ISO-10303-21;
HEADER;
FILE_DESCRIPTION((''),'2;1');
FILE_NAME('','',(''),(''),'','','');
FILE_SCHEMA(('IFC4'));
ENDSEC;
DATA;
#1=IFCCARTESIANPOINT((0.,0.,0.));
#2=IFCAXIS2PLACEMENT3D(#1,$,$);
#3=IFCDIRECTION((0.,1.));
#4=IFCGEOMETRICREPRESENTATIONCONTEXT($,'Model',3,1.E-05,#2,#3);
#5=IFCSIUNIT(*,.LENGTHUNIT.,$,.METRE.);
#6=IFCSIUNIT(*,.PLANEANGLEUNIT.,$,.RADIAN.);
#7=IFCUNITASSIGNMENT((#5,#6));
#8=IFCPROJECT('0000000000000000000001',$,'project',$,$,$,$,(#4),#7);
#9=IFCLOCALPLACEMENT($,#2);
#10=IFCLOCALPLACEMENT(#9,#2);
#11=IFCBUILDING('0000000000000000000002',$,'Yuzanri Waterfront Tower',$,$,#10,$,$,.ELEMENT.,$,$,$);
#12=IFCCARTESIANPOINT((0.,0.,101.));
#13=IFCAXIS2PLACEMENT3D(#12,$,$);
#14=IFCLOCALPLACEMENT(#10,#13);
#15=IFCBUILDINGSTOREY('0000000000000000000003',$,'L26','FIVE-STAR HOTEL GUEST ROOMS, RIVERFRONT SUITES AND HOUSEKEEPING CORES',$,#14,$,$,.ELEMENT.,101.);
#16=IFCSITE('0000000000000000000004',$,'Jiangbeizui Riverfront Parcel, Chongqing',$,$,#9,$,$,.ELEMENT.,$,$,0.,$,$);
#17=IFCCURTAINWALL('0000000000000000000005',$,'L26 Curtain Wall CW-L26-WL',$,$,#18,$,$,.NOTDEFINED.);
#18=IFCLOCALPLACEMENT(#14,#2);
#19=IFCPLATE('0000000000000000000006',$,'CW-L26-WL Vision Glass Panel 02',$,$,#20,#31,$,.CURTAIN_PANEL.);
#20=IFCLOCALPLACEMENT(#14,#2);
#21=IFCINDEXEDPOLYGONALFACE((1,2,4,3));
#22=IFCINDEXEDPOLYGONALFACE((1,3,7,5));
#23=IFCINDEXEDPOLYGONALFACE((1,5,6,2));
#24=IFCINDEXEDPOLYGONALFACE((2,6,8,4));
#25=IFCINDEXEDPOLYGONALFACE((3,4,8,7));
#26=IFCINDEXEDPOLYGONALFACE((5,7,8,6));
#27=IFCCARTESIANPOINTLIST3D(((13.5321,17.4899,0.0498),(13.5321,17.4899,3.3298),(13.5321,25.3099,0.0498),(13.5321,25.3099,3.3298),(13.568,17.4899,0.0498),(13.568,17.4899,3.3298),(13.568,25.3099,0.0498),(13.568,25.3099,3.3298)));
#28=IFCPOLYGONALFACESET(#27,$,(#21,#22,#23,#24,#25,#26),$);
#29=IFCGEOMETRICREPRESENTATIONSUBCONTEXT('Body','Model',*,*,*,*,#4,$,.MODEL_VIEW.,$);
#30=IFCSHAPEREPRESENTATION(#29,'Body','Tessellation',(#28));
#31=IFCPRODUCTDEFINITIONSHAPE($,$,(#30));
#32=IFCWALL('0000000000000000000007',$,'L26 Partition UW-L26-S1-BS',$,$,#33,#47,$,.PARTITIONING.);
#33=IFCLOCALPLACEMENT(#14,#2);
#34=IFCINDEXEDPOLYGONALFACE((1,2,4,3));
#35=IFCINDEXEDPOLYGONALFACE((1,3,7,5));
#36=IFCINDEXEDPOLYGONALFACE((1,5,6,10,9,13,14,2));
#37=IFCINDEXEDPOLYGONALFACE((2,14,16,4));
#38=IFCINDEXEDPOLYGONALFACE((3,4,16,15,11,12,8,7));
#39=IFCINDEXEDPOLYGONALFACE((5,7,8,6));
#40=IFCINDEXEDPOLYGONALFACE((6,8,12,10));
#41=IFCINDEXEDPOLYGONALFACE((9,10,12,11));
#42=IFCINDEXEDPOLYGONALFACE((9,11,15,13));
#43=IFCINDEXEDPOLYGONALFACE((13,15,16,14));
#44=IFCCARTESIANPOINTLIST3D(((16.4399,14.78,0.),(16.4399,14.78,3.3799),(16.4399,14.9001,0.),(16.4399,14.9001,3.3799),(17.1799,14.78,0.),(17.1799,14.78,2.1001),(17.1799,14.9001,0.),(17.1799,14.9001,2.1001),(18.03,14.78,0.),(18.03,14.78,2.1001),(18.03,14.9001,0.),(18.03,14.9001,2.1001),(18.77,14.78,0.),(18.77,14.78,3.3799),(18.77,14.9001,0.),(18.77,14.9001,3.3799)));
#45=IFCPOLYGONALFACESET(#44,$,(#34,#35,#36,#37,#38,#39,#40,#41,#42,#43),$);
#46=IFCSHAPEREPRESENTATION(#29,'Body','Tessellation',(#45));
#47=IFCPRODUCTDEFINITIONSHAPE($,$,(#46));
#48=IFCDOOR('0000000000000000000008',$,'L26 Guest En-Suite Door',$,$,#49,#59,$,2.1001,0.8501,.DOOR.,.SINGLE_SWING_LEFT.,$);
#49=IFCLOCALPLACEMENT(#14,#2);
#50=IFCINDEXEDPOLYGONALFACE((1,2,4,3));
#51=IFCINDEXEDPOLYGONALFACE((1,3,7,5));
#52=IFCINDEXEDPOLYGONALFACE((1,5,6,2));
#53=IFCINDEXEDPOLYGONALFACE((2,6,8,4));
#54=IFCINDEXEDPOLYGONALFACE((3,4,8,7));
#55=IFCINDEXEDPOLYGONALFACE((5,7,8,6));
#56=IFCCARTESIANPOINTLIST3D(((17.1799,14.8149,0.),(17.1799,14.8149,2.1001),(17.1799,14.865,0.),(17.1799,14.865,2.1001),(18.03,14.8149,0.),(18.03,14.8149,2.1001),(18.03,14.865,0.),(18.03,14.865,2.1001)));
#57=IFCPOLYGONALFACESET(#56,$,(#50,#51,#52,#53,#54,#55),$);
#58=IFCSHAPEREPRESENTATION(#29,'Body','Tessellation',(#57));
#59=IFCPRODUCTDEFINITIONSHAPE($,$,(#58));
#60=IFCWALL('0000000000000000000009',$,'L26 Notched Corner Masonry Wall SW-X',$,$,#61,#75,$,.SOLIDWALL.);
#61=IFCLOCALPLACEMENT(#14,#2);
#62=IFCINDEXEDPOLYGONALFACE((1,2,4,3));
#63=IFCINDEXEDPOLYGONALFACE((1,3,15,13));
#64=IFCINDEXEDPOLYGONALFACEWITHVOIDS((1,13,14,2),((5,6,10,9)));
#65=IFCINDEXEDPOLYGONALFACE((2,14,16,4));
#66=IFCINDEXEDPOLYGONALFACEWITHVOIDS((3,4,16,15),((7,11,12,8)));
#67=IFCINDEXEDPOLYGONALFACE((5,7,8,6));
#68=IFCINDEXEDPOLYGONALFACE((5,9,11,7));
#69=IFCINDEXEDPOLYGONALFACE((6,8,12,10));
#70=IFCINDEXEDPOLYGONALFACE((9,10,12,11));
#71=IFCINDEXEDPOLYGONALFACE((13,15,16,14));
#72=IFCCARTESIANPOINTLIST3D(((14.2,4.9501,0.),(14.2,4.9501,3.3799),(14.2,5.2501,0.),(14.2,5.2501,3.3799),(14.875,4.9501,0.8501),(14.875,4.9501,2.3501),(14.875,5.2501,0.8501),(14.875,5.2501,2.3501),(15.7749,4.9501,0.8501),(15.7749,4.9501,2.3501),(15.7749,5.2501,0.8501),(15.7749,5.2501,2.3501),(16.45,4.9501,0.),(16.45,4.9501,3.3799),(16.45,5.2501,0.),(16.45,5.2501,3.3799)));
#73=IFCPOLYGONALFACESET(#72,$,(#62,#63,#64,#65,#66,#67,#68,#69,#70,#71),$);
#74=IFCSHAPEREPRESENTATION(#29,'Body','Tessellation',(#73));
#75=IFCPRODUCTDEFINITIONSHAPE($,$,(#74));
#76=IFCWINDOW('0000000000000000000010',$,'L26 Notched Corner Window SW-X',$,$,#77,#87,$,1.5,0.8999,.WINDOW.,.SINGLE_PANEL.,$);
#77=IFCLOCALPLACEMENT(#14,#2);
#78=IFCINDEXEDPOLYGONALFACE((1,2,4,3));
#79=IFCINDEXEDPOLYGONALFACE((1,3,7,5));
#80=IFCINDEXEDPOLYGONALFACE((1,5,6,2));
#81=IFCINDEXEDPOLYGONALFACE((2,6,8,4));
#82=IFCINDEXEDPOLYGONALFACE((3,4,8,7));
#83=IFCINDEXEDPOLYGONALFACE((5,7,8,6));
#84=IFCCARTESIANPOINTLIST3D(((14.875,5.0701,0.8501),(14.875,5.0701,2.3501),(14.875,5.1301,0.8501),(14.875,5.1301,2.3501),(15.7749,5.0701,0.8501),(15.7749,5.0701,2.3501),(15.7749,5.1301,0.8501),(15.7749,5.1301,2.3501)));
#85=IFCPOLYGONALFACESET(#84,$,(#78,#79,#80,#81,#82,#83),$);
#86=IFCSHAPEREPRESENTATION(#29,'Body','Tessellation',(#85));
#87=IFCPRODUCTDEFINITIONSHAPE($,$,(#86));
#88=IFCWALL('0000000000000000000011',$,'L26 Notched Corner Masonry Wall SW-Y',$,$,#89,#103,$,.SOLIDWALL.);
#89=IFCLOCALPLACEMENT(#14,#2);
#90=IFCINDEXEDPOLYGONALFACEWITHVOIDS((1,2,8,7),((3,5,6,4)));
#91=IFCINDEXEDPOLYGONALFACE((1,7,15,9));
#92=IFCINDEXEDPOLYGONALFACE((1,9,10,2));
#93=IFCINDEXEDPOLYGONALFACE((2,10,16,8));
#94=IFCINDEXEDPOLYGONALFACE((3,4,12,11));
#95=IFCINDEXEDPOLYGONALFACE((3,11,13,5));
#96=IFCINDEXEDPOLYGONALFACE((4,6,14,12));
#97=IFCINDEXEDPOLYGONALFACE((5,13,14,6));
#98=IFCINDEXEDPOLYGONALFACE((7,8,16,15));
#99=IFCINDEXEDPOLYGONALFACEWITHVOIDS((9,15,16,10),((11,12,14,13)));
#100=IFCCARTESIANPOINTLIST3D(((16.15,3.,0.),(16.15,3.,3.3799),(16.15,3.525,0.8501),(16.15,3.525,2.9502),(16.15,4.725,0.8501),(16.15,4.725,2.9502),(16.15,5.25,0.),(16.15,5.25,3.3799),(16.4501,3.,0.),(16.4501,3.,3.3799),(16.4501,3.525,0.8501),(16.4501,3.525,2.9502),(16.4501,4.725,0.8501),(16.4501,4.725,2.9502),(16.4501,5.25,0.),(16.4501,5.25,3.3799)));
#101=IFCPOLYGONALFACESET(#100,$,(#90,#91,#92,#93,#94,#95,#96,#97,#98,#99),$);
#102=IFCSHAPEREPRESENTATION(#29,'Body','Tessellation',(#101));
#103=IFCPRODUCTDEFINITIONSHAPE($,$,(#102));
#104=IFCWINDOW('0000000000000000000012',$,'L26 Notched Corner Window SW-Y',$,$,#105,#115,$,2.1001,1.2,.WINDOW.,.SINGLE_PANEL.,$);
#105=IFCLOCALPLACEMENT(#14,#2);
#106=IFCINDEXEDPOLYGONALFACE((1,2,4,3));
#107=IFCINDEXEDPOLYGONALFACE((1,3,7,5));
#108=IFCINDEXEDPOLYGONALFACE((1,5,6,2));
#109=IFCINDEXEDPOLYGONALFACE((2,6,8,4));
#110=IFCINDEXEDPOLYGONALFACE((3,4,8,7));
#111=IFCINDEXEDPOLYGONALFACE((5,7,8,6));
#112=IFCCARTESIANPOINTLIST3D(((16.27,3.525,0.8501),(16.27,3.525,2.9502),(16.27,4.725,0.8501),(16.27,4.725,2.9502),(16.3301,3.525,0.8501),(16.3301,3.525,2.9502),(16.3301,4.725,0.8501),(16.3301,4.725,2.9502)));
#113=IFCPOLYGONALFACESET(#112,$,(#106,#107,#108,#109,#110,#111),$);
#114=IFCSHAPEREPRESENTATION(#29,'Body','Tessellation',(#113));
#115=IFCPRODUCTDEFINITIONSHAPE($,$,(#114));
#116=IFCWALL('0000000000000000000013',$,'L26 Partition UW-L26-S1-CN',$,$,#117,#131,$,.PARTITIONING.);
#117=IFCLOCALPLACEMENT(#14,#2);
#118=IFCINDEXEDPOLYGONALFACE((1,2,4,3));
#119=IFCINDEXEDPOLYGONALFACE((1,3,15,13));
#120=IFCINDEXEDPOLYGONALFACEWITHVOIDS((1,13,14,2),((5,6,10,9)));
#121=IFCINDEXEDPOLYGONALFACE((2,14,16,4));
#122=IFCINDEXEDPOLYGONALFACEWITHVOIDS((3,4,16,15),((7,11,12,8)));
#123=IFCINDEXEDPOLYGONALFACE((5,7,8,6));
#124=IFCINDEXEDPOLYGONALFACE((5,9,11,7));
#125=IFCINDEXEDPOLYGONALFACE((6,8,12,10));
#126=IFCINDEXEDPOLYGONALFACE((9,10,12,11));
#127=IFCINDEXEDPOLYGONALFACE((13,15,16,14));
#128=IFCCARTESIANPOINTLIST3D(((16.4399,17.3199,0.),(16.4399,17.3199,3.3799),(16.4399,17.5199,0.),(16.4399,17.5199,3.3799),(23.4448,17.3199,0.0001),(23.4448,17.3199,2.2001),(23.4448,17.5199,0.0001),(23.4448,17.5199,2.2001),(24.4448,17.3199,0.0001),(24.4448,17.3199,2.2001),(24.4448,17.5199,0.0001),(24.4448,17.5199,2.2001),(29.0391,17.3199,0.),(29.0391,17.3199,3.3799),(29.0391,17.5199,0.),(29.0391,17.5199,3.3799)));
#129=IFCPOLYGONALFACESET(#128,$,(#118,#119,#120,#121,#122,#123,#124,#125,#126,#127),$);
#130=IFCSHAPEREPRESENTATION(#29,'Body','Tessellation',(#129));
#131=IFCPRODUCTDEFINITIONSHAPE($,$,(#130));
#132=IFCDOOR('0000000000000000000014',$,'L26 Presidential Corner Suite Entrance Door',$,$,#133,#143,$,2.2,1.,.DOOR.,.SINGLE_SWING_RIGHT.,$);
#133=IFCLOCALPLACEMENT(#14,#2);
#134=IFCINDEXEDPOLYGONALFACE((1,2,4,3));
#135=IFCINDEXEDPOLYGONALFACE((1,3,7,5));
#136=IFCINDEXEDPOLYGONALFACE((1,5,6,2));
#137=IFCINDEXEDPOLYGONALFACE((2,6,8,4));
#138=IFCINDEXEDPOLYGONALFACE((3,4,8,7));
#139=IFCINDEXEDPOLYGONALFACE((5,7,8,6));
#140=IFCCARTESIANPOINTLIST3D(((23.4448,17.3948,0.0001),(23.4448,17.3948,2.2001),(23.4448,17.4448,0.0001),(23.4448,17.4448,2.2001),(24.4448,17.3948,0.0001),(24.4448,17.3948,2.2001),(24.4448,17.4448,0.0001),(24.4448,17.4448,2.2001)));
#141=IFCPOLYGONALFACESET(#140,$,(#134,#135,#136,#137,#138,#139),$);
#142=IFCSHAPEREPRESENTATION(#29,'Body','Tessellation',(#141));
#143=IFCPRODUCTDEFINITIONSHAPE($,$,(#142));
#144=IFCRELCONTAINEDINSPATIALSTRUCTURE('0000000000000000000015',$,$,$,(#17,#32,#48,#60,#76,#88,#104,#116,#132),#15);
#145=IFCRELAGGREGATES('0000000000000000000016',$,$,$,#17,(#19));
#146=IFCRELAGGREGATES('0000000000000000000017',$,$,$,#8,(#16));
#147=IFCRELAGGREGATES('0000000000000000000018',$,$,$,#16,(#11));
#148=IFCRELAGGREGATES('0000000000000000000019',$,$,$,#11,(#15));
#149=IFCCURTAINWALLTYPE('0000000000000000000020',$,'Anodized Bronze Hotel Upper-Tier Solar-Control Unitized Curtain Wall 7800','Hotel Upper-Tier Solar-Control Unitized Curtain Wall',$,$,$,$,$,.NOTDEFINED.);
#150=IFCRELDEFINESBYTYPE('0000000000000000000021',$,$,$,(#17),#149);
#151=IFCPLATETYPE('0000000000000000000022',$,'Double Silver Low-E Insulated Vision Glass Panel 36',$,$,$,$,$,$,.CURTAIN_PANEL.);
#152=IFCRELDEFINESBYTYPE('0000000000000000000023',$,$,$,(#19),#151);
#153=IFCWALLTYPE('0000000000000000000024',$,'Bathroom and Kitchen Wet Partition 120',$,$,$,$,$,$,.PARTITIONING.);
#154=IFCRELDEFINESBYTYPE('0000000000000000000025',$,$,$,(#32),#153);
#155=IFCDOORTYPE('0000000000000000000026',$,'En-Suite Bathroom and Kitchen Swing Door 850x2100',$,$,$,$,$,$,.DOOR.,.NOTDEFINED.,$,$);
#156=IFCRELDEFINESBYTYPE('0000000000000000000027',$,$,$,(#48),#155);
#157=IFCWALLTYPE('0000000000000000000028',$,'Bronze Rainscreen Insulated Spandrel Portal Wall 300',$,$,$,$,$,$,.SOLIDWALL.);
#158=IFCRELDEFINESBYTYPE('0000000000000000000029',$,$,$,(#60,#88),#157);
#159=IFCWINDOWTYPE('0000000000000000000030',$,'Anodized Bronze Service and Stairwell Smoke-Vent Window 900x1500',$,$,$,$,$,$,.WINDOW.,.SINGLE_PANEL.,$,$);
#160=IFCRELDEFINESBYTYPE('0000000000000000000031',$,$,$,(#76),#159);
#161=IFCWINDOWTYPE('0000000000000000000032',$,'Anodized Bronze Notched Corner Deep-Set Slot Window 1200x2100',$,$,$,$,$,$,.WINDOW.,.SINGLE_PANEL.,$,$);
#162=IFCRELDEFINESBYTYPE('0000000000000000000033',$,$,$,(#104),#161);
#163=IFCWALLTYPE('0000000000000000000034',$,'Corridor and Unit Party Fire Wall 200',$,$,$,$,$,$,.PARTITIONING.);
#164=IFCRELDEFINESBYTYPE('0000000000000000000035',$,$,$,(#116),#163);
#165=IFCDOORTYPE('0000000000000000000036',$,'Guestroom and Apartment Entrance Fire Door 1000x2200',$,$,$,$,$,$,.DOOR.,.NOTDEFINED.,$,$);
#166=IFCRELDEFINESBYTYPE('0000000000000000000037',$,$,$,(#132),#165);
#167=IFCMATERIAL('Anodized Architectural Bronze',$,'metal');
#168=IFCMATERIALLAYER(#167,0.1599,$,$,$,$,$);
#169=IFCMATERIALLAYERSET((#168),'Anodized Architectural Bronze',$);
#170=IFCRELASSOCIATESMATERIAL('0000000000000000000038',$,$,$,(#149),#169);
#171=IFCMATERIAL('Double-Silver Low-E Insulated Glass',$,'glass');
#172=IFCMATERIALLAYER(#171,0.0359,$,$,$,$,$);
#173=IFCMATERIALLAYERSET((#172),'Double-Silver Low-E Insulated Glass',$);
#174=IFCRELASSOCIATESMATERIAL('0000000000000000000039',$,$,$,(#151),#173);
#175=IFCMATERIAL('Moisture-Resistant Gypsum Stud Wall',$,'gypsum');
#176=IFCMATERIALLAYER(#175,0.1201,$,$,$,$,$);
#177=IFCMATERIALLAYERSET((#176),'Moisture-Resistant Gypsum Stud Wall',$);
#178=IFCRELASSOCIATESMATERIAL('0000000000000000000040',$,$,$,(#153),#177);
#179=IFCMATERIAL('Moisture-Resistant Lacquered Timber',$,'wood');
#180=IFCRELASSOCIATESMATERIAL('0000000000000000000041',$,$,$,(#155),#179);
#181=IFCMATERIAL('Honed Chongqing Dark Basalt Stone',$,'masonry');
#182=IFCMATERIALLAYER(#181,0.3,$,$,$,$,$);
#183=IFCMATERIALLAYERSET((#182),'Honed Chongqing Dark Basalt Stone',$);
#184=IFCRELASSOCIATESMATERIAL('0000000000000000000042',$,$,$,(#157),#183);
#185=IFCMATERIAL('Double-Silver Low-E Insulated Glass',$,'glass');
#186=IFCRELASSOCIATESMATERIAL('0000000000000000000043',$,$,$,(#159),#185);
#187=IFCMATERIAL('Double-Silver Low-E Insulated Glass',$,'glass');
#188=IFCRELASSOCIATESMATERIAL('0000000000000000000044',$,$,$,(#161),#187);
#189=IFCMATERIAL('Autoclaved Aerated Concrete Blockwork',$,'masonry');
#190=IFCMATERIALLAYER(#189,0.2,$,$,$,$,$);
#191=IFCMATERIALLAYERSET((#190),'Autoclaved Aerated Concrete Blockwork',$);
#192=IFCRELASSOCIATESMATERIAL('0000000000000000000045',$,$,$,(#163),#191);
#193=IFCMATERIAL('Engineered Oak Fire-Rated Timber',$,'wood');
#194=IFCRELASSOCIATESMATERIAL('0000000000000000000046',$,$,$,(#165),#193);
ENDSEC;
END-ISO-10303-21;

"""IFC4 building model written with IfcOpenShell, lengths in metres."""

from ifc_helpers import new_model, si_unit, direction, frame, frame_2d, origin, origin_2d, place, context, subcontext, project, spatial, rectangle, extrude, source, transform, mapped, material, layer, layer_set, type_object, element, fill, aggregate, save


model = new_model("IFC4")

# Units and contexts
model_context = context("Model", 3, precision=1e-05, world=origin(), true_north=direction((0.0, 1.0)))
body_context = subcontext(model_context, "Body", "Model", "MODEL_VIEW")
ifc_project = project(units=[si_unit("LENGTHUNIT", "METRE"), si_unit("PLANEANGLEUNIT", "RADIAN")], contexts=[model_context])

# Site, building, storey
site_placement = place(None, origin())
site = spatial("IfcSite", under=ifc_project, at=site_placement, Name="Jiangbeizui Riverfront Parcel, Chongqing", CompositionType="ELEMENT", RefElevation=0.0)
building_placement = place(site_placement, origin())
building = spatial("IfcBuilding", under=site, at=building_placement, Name="Yuzanri Waterfront Tower", CompositionType="ELEMENT")
storey_placement = place(building_placement, frame((0.0, 0.0, 101.0)))
storey = spatial("IfcBuildingStorey", under=building, at=storey_placement, Name="L26", Description="FIVE-STAR HOTEL GUEST ROOMS, RIVERFRONT SUITES AND HOUSEKEEPING CORES", CompositionType="ELEMENT", Elevation=101.0)

# Shared definitions
ifc_material_1 = material(Name="Anodized Architectural Bronze", Category="metal")
ifc_layer_1 = layer(ifc_material_1, 0.1599)
ifc_layer_set_1 = layer_set([ifc_layer_1], Name="Anodized Architectural Bronze")
curtain_wall_type = type_object("IfcCurtainWallType", Name="Anodized Bronze Hotel Upper-Tier Solar-Control Unitized Curtain Wall 7800", Description="Hotel Upper-Tier Solar-Control Unitized Curtain Wall", PredefinedType="NOTDEFINED", material=ifc_layer_set_1)

# Curtain wall, plate
curtain_wall_1_placement = place(storey_placement, origin())
curtain_wall_1 = element("IfcCurtainWall", 1, at=curtain_wall_1_placement, inside=storey, type_object=curtain_wall_type, Name="L26 Curtain Wall CW-L26-WL", PredefinedType="NOTDEFINED")
ifc_material_2 = material(Name="Double-Silver Low-E Insulated Glass", Category="glass")
ifc_layer_2 = layer(ifc_material_2, 0.0359)
ifc_layer_set_2 = layer_set([ifc_layer_2], Name="Double-Silver Low-E Insulated Glass")
plate_type_1 = type_object("IfcPlateType", Name="Double Silver Low-E Insulated Vision Glass Panel 36", PredefinedType="CURTAIN_PANEL", material=ifc_layer_set_2)
shared_shape_1 = source(origin(), body_context, "Body", "SweptSolid", [
    extrude(rectangle(XDim=7.8201, YDim=0.0359, at=origin_2d()), origin(), (0.0, 0.0, 1.0), 3.28),
])
plate_1_placement = place(storey_placement, frame((13.55, 21.3999, 0.0498), z_axis=(0.0, 0.0, 1.0), x_axis=(0.0, 1.0, 0.0)))
plate_1 = element("IfcPlate", 2, at=plate_1_placement, type_object=plate_type_1, Name="CW-L26-WL Vision Glass Panel 02", PredefinedType="CURTAIN_PANEL", context=body_context, shape_type="MappedRepresentation", body=[
    mapped(shared_shape_1, transform((0.0, 0.0, 0.0), scale=1.0)),
])
aggregate(curtain_wall_1, [plate_1])

# Wall, opening, door
ifc_material_3 = material(Name="Moisture-Resistant Gypsum Stud Wall", Category="gypsum")
ifc_layer_3 = layer(ifc_material_3, 0.1201)
ifc_layer_set_3 = layer_set([ifc_layer_3], Name="Moisture-Resistant Gypsum Stud Wall")
wall_type_1 = type_object("IfcWallType", Name="Bathroom and Kitchen Wet Partition 120", PredefinedType="PARTITIONING", material=ifc_layer_set_3)
wall_1_placement = place(storey_placement, frame((16.4399, 14.8401, 0.0), z_axis=(0.0, 0.0, 1.0), x_axis=(1.0, 0.0, 0.0)))
wall_1 = element("IfcWall", 3, at=wall_1_placement, inside=storey, type_object=wall_type_1, Name="L26 Partition UW-L26-S1-BS", PredefinedType="PARTITIONING", context=body_context, shape_type="SweptSolid", body=[
    extrude(rectangle(XDim=2.3301, YDim=0.1201, at=frame_2d((1.165, 0.0))), origin(), (0.0, 0.0, 1.0), 3.3799),
])
opening_1_placement = place(wall_1_placement, frame((0.74, 0.0, 0.0)))
opening_1 = element("IfcOpeningElement", 4, at=opening_1_placement, cuts=wall_1, PredefinedType="OPENING", context=body_context, shape_type="SweptSolid", body=[
    extrude(rectangle(XDim=0.8501, YDim=2.1001, at=frame_2d((0.425, 1.05))), frame((0.0, 0.075, 0.0), z_axis=(0.0, -1.0, 0.0), x_axis=(1.0, 0.0, 0.0)), (0.0, 0.0, 1.0), 0.1499),
])
ifc_material_4 = material(Name="Moisture-Resistant Lacquered Timber", Category="wood")
door_type_1 = type_object("IfcDoorType", Name="En-Suite Bathroom and Kitchen Swing Door 850x2100", OperationType="NOTDEFINED", PredefinedType="DOOR", material=ifc_material_4)
shared_shape_2 = source(origin(), body_context, "Body", "SweptSolid", [
    extrude(rectangle(XDim=0.8501, YDim=2.1001, at=frame_2d((0.425, 1.05))), frame((0.0, 0.0249, 0.0), z_axis=(0.0, -1.0, 0.0), x_axis=(1.0, 0.0, 0.0)), (0.0, 0.0, 1.0), 0.05),
])
door_1_placement = place(opening_1_placement, origin())
door_1 = element("IfcDoor", 5, at=door_1_placement, inside=storey, type_object=door_type_1, Name="L26 Guest En-Suite Door", OperationType="SINGLE_SWING_LEFT", OverallHeight=2.1001, OverallWidth=0.8501, PredefinedType="DOOR", context=body_context, shape_type="MappedRepresentation", body=[
    mapped(shared_shape_2, transform((0.0, 0.0, 0.0), scale=1.0)),
])
fill(opening_1, door_1)

# Walls, openings, windows
ifc_material_5 = material(Name="Honed Chongqing Dark Basalt Stone", Category="masonry")
ifc_layer_4 = layer(ifc_material_5, 0.3)
ifc_layer_set_4 = layer_set([ifc_layer_4], Name="Honed Chongqing Dark Basalt Stone")
wall_type_2 = type_object("IfcWallType", Name="Bronze Rainscreen Insulated Spandrel Portal Wall 300", PredefinedType="SOLIDWALL", material=ifc_layer_set_4)
wall_2_placement = place(storey_placement, frame((14.2, 5.1001, 0.0), z_axis=(0.0, 0.0, 1.0), x_axis=(1.0, 0.0, 0.0)))
wall_2 = element("IfcWall", 6, at=wall_2_placement, inside=storey, type_object=wall_type_2, Name="L26 Notched Corner Masonry Wall SW-X", PredefinedType="SOLIDWALL", context=body_context, shape_type="SweptSolid", body=[
    extrude(rectangle(XDim=2.25, YDim=0.3, at=frame_2d((1.125, 0.0))), origin(), (0.0, 0.0, 1.0), 3.3799),
])
opening_2_placement = place(wall_2_placement, frame((0.675, 0.0, 0.8501)))
opening_2 = element("IfcOpeningElement", 7, at=opening_2_placement, cuts=wall_2, PredefinedType="OPENING", context=body_context, shape_type="SweptSolid", body=[
    extrude(rectangle(XDim=0.8999, YDim=1.5, at=frame_2d((0.45, 0.75))), frame((0.0, 0.165, 0.0), z_axis=(0.0, -1.0, 0.0), x_axis=(1.0, 0.0, 0.0)), (0.0, 0.0, 1.0), 0.3298),
])
ifc_material_6 = material(Name="Double-Silver Low-E Insulated Glass", Category="glass")
window_type_1 = type_object("IfcWindowType", Name="Anodized Bronze Service and Stairwell Smoke-Vent Window 900x1500", PartitioningType="SINGLE_PANEL", PredefinedType="WINDOW", material=ifc_material_6)
shared_shape_3 = source(origin(), body_context, "Body", "SweptSolid", [
    extrude(rectangle(XDim=0.8999, YDim=1.5, at=frame_2d((0.45, 0.75))), frame((0.0, 0.03, 0.0), z_axis=(0.0, -1.0, 0.0), x_axis=(1.0, 0.0, 0.0)), (0.0, 0.0, 1.0), 0.0601),
])
window_1_placement = place(opening_2_placement, origin())
window_1 = element("IfcWindow", 8, at=window_1_placement, inside=storey, type_object=window_type_1, Name="L26 Notched Corner Window SW-X", OverallHeight=1.5, OverallWidth=0.8999, PartitioningType="SINGLE_PANEL", PredefinedType="WINDOW", context=body_context, shape_type="MappedRepresentation", body=[
    mapped(shared_shape_3, transform((0.0, 0.0, 0.0), scale=1.0)),
])
fill(opening_2, window_1)
wall_3_placement = place(storey_placement, frame((16.3, 5.25, 0.0), z_axis=(0.0, 0.0, 1.0), x_axis=(0.0, -1.0, 0.0)))
wall_3 = element("IfcWall", 9, at=wall_3_placement, inside=storey, type_object=wall_type_2, Name="L26 Notched Corner Masonry Wall SW-Y", PredefinedType="SOLIDWALL", context=body_context, shape_type="SweptSolid", body=[
    extrude(rectangle(XDim=2.25, YDim=0.3, at=frame_2d((1.125, 0.0))), origin(), (0.0, 0.0, 1.0), 3.3799),
])
opening_3_placement = place(wall_3_placement, frame((0.5249, 0.0, 0.8501)))
opening_3 = element("IfcOpeningElement", 10, at=opening_3_placement, cuts=wall_3, PredefinedType="OPENING", context=body_context, shape_type="SweptSolid", body=[
    extrude(rectangle(XDim=1.2, YDim=2.1001, at=frame_2d((0.6001, 1.05))), frame((0.0, 0.165, 0.0), z_axis=(0.0, -1.0, 0.0), x_axis=(1.0, 0.0, 0.0)), (0.0, 0.0, 1.0), 0.3298),
])
ifc_material_7 = material(Name="Double-Silver Low-E Insulated Glass", Category="glass")
window_type_2 = type_object("IfcWindowType", Name="Anodized Bronze Notched Corner Deep-Set Slot Window 1200x2100", PartitioningType="SINGLE_PANEL", PredefinedType="WINDOW", material=ifc_material_7)
shared_shape_4 = source(origin(), body_context, "Body", "SweptSolid", [
    extrude(rectangle(XDim=1.2, YDim=2.1001, at=frame_2d((0.6001, 1.05))), frame((0.0, 0.03, 0.0), z_axis=(0.0, -1.0, 0.0), x_axis=(1.0, 0.0, 0.0)), (0.0, 0.0, 1.0), 0.0601),
])
window_2_placement = place(opening_3_placement, origin())
window_2 = element("IfcWindow", 11, at=window_2_placement, inside=storey, type_object=window_type_2, Name="L26 Notched Corner Window SW-Y", OverallHeight=2.1001, OverallWidth=1.2, PartitioningType="SINGLE_PANEL", PredefinedType="WINDOW", context=body_context, shape_type="MappedRepresentation", body=[
    mapped(shared_shape_4, transform((0.0, 0.0, 0.0), scale=1.0)),
])
fill(opening_3, window_2)

# Wall, opening, door
ifc_material_8 = material(Name="Autoclaved Aerated Concrete Blockwork", Category="masonry")
ifc_layer_5 = layer(ifc_material_8, 0.2)
ifc_layer_set_5 = layer_set([ifc_layer_5], Name="Autoclaved Aerated Concrete Blockwork")
wall_type_3 = type_object("IfcWallType", Name="Corridor and Unit Party Fire Wall 200", PredefinedType="PARTITIONING", material=ifc_layer_set_5)
wall_4_placement = place(storey_placement, frame((16.4399, 17.4199, 0.0), z_axis=(0.0, 0.0, 1.0), x_axis=(1.0, 0.0, 0.0)))
wall_4 = element("IfcWall", 12, at=wall_4_placement, inside=storey, type_object=wall_type_3, Name="L26 Partition UW-L26-S1-CN", PredefinedType="PARTITIONING", context=body_context, shape_type="SweptSolid", body=[
    extrude(rectangle(XDim=12.5991, YDim=0.2, at=frame_2d((6.2996, 0.0))), origin(), (0.0, 0.0, 1.0), 3.3799),
])
opening_4_placement = place(wall_4_placement, frame((7.0049, 0.0, 0.0)))
opening_4 = element("IfcOpeningElement", 13, at=opening_4_placement, cuts=wall_4, PredefinedType="OPENING", context=body_context, shape_type="SweptSolid", body=[
    extrude(rectangle(XDim=1.0, YDim=2.2, at=frame_2d((0.5, 1.1001))), frame((0.0, 0.1147, 0.0), z_axis=(0.0, -1.0, 0.0), x_axis=(1.0, 0.0, 0.0)), (0.0, 0.0, 1.0), 0.2297),
])
ifc_material_9 = material(Name="Engineered Oak Fire-Rated Timber", Category="wood")
door_type_2 = type_object("IfcDoorType", Name="Guestroom and Apartment Entrance Fire Door 1000x2200", OperationType="NOTDEFINED", PredefinedType="DOOR", material=ifc_material_9)
shared_shape_5 = source(origin(), body_context, "Body", "SweptSolid", [
    extrude(rectangle(XDim=1.0, YDim=2.2, at=frame_2d((0.5, 1.1001))), frame((0.0, 0.0249, 0.0), z_axis=(0.0, -1.0, 0.0), x_axis=(1.0, 0.0, 0.0)), (0.0, 0.0, 1.0), 0.05),
])
door_2_placement = place(opening_4_placement, origin())
door_2 = element("IfcDoor", 14, at=door_2_placement, inside=storey, type_object=door_type_2, Name="L26 Presidential Corner Suite Entrance Door", OperationType="SINGLE_SWING_RIGHT", OverallHeight=2.2, OverallWidth=1.0, PredefinedType="DOOR", context=body_context, shape_type="MappedRepresentation", body=[
    mapped(shared_shape_5, transform((0.0, 0.0, 0.0), scale=1.0)),
])
fill(opening_4, door_2)

save(model, "model.ifc")
